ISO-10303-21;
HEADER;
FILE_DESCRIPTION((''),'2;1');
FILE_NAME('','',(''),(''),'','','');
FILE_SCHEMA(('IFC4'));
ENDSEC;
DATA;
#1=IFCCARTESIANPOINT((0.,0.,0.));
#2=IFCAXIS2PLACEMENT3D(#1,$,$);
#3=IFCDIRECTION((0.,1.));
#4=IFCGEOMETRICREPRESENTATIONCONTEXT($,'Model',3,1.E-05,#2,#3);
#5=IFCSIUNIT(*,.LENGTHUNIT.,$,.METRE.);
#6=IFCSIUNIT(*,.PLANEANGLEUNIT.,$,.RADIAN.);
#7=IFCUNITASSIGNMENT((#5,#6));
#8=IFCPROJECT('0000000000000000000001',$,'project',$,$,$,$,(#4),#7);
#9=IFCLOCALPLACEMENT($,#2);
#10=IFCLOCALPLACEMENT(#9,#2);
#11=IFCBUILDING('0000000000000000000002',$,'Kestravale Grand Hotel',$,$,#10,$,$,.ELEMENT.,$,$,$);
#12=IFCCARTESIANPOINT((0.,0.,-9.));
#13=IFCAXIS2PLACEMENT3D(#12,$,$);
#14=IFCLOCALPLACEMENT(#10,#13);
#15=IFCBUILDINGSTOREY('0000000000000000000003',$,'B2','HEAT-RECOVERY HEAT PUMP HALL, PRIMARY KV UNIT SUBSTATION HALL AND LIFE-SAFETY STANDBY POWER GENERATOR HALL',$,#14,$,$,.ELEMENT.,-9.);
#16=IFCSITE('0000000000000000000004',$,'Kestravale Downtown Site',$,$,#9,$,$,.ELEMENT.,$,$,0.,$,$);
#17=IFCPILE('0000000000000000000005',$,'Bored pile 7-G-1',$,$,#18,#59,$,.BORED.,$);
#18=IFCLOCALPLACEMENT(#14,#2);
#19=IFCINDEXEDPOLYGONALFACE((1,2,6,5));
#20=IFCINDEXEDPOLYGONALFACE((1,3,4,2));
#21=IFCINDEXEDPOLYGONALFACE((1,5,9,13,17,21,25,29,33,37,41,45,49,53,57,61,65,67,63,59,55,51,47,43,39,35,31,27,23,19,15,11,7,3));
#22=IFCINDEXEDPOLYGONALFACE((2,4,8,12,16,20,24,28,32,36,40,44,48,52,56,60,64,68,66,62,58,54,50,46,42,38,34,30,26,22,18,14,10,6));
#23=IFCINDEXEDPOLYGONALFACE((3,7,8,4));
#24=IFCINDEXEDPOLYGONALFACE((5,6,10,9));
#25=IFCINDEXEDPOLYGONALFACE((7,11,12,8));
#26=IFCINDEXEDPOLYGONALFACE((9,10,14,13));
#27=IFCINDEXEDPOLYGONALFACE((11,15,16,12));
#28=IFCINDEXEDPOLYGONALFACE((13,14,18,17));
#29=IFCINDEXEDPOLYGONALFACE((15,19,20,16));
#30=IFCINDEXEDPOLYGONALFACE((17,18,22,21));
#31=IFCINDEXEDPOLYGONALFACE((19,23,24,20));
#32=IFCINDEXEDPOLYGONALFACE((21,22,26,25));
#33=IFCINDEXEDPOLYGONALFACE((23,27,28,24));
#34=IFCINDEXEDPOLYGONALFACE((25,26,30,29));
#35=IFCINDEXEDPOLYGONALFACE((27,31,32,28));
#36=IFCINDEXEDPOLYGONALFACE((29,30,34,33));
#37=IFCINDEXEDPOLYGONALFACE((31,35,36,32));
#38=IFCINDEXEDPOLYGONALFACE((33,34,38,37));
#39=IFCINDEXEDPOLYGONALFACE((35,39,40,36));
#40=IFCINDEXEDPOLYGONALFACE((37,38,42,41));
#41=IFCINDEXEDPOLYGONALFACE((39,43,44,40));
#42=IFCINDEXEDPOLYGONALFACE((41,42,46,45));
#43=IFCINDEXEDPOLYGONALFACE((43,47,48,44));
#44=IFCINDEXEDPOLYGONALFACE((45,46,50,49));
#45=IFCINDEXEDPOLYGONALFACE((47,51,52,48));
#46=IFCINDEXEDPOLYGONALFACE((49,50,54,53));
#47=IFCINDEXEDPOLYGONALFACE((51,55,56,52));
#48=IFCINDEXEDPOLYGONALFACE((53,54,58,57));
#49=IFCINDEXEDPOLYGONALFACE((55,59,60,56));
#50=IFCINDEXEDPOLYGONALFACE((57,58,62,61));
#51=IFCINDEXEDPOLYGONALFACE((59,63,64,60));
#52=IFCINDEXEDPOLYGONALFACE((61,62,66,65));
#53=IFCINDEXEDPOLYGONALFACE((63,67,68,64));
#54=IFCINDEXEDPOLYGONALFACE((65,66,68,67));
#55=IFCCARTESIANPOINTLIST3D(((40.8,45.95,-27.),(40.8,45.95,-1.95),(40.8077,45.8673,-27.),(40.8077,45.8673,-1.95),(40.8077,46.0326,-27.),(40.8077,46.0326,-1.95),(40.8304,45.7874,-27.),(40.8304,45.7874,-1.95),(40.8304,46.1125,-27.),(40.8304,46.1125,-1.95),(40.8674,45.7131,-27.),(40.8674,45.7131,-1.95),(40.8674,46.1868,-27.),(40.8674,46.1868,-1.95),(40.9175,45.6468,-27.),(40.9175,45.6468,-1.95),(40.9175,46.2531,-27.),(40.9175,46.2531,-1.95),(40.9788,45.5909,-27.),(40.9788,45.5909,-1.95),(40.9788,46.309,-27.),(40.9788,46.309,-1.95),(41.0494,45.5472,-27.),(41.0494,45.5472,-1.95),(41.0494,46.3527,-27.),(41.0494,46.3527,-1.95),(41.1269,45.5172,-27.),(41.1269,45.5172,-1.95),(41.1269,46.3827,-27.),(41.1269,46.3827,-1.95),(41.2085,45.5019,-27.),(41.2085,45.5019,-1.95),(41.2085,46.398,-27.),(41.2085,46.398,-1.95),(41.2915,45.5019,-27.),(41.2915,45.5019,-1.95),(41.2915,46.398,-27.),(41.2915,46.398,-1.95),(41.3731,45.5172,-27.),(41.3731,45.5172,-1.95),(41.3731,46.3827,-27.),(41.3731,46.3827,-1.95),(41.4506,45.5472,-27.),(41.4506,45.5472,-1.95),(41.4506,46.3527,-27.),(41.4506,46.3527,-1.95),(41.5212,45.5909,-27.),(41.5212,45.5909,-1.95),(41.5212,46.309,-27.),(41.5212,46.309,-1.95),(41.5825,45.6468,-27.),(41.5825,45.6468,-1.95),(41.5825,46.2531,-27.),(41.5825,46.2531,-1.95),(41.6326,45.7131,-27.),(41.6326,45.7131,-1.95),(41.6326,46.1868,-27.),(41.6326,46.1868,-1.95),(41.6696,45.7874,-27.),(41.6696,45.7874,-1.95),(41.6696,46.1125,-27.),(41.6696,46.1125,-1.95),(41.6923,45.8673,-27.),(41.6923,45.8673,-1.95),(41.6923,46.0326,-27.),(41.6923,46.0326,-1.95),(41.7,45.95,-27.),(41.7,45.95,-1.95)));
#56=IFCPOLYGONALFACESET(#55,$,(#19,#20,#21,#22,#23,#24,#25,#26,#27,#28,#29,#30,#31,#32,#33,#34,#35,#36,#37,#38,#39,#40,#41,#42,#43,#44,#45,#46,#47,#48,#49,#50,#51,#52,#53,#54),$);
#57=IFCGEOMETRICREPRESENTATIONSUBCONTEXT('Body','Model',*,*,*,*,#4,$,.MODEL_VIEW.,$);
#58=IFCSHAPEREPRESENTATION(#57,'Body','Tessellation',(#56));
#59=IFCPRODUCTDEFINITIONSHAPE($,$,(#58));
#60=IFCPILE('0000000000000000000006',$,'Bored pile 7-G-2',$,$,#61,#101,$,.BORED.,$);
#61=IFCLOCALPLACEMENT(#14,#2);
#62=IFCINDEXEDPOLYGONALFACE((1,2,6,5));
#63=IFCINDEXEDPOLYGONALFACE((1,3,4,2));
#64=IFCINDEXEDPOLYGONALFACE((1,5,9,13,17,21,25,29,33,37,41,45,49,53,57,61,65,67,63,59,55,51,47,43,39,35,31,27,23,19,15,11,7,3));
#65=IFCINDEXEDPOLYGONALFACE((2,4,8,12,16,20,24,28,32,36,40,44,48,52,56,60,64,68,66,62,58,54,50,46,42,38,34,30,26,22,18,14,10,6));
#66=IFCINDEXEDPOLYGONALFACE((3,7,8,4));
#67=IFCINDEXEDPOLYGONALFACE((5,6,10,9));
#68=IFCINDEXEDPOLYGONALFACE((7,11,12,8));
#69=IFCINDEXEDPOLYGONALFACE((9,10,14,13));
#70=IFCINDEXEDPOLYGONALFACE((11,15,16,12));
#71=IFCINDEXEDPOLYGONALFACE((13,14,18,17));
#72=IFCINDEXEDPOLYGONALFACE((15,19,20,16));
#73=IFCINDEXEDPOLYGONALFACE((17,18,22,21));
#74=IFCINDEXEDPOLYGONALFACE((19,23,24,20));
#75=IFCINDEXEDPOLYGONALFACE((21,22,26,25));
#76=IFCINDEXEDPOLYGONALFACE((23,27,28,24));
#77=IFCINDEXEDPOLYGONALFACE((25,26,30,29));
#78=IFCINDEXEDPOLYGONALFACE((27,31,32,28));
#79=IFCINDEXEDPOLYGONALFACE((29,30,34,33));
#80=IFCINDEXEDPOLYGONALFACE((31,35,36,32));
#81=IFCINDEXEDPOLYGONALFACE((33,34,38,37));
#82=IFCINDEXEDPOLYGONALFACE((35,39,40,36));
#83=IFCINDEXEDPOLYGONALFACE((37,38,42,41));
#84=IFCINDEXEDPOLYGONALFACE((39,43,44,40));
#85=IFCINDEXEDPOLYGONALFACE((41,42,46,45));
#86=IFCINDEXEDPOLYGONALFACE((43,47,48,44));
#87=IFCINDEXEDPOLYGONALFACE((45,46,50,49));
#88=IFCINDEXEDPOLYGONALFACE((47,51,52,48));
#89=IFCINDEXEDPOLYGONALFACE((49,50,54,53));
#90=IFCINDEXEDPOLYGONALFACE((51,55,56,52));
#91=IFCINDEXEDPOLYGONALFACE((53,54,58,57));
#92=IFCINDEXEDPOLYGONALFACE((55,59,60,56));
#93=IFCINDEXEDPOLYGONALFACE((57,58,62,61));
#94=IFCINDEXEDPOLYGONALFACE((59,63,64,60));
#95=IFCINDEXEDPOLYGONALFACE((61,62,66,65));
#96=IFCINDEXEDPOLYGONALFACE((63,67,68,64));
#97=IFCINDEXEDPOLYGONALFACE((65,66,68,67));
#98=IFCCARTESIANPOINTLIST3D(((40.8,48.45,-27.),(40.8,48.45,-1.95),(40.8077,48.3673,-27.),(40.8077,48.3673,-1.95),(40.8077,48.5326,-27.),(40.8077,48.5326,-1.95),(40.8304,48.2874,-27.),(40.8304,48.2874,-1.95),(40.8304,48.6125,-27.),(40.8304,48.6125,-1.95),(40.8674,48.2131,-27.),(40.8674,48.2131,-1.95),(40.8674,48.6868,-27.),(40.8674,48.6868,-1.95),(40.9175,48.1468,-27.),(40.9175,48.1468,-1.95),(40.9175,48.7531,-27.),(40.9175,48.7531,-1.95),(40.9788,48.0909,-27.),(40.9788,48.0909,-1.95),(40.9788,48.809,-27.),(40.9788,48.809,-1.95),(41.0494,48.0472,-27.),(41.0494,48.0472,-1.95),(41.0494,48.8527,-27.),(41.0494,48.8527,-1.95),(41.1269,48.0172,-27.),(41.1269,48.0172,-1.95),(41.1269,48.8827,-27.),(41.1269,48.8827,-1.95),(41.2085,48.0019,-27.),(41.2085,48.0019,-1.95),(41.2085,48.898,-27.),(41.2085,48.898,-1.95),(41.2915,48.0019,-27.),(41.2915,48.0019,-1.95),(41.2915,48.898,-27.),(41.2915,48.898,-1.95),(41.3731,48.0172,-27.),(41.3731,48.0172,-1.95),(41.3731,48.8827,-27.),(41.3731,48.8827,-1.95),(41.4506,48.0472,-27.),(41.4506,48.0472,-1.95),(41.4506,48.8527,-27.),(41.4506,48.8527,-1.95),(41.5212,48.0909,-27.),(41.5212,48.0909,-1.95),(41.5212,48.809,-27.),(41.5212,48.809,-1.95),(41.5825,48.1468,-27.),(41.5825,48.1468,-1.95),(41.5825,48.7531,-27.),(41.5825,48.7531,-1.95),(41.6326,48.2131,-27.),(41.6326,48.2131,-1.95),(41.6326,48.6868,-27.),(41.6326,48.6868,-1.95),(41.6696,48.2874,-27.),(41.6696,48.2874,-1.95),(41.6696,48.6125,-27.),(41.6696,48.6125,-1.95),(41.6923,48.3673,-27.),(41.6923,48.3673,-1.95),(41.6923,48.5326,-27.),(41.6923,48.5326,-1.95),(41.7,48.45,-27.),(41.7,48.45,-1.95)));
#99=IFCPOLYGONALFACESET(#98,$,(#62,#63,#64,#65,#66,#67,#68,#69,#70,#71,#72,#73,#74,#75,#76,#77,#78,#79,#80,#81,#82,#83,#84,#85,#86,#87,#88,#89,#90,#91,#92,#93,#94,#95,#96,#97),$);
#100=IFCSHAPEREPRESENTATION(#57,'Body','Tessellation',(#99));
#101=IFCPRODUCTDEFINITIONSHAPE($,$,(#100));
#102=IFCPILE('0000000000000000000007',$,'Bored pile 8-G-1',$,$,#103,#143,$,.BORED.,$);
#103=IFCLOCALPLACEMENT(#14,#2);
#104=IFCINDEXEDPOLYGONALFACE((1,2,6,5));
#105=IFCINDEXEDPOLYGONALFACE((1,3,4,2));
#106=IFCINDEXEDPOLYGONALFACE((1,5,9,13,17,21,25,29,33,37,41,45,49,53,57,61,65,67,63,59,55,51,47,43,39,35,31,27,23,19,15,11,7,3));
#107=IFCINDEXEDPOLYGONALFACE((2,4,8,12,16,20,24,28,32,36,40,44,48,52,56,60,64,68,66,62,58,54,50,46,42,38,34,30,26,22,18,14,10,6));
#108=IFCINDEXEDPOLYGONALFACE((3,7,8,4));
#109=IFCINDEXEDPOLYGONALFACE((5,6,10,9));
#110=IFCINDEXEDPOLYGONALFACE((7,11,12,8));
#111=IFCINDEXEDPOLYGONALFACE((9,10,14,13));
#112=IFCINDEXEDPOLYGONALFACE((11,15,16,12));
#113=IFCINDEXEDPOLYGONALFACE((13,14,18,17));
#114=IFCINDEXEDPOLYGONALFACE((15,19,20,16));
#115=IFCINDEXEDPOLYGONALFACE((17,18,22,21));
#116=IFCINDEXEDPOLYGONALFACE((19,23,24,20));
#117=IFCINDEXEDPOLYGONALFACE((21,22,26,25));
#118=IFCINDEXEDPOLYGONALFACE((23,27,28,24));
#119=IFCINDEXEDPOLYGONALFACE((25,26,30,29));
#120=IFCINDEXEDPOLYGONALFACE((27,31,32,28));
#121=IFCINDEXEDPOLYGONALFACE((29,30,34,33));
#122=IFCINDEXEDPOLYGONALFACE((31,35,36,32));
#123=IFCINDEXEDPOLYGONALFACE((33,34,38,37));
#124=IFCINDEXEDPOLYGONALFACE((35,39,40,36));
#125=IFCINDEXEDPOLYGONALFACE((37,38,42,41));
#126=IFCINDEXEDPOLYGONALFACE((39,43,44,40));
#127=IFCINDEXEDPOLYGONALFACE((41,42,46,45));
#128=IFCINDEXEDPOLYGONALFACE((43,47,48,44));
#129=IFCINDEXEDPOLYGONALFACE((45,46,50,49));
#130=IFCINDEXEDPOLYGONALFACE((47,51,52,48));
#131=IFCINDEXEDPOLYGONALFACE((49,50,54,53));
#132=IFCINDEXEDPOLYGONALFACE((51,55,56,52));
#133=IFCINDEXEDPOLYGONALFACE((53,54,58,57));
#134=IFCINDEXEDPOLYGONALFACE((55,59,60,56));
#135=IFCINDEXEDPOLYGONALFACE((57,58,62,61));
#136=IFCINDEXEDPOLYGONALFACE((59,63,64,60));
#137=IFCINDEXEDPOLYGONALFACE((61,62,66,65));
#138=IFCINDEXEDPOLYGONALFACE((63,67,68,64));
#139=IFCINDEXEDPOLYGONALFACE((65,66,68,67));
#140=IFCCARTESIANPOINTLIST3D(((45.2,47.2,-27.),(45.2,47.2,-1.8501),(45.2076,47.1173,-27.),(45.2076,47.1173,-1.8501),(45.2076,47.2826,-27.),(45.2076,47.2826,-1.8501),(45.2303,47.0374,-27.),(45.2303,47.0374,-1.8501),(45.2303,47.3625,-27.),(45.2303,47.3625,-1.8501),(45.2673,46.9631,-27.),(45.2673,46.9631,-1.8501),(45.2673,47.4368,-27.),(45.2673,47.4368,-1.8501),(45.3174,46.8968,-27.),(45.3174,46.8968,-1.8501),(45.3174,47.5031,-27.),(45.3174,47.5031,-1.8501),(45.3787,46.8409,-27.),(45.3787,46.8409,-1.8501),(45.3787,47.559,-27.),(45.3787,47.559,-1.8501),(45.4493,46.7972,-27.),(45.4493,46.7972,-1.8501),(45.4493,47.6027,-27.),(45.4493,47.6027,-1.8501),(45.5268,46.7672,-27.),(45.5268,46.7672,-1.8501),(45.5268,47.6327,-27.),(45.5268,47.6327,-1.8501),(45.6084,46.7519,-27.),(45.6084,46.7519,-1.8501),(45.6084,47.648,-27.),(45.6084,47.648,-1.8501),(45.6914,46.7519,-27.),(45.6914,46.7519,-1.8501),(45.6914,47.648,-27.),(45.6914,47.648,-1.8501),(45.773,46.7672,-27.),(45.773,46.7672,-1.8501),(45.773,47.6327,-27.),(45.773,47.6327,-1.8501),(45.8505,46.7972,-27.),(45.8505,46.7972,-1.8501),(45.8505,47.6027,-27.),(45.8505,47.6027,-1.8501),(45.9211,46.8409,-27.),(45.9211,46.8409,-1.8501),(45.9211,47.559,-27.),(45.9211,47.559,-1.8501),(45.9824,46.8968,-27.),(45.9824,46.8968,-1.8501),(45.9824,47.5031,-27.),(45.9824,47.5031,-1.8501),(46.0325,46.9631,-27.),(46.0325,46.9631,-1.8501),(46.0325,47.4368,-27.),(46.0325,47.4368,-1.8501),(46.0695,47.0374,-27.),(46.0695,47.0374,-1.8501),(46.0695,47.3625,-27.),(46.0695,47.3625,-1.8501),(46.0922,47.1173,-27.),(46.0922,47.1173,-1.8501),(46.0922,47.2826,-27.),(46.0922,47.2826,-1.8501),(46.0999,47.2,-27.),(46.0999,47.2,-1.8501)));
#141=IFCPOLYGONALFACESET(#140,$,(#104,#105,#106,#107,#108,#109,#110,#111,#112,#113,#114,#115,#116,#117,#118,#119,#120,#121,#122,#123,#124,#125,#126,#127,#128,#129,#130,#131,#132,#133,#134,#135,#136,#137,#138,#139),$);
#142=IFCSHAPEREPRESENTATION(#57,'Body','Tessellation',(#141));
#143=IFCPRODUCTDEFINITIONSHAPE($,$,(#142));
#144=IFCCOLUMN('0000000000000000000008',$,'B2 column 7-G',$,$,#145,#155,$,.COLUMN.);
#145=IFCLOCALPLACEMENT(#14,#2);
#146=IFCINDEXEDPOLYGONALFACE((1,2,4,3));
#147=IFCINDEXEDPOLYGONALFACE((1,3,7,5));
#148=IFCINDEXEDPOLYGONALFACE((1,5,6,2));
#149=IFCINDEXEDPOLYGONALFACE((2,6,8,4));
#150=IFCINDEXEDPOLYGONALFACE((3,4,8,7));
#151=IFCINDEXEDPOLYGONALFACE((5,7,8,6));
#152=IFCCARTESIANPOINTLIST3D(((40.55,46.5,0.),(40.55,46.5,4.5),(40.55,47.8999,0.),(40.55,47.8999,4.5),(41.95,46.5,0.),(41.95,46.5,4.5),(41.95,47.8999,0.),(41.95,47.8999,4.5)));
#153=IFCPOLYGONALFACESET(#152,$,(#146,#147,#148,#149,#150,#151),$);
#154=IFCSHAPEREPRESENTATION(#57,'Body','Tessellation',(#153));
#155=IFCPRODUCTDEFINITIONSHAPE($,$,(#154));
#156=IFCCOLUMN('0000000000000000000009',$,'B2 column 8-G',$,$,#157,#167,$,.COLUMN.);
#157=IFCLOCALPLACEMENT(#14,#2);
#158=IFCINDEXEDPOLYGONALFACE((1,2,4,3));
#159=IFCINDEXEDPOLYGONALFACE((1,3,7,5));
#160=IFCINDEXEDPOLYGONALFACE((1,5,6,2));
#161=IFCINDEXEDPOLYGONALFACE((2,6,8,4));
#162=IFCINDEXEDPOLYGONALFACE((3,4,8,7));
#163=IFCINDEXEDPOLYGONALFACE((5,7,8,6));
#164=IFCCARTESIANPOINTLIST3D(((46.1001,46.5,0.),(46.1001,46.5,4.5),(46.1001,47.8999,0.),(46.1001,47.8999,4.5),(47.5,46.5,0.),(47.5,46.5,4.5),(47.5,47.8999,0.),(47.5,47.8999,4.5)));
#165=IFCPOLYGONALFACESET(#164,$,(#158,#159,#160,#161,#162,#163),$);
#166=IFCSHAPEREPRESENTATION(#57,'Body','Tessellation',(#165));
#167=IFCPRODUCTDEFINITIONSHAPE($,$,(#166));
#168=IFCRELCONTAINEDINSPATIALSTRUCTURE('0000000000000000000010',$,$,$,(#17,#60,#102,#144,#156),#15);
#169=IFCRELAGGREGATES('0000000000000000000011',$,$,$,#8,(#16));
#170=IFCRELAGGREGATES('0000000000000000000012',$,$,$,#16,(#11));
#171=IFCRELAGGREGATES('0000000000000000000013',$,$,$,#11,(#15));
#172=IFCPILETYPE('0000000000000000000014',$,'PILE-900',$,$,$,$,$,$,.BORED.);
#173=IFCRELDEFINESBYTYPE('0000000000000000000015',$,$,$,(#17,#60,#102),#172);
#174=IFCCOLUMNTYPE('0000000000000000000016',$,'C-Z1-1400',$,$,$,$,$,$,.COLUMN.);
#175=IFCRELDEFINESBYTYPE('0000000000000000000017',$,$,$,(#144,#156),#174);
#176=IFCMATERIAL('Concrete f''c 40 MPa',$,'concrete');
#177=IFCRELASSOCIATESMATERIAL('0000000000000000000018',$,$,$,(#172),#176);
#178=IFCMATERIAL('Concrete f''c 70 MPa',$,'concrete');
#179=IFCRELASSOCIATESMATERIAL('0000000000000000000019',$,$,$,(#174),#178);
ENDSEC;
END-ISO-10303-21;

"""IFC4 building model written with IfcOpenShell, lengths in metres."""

from ifc_helpers import new_model, si_unit, direction, frame, origin, origin_2d, place, context, subcontext, project, spatial, rectangle, circle, extrude, material, material_profile, profile_set, type_object, element, save


model = new_model("IFC4")

# Units and contexts
model_context = context("Model", 3, precision=1e-05, world=origin(), true_north=direction((0.0, 1.0)))
body_context = subcontext(model_context, "Body", "Model", "MODEL_VIEW")
ifc_project = project(units=[si_unit("LENGTHUNIT", "METRE"), si_unit("PLANEANGLEUNIT", "RADIAN")], contexts=[model_context])

# Site, building, storey
site_placement = place(None, origin())
site = spatial("IfcSite", under=ifc_project, at=site_placement, Name="Kestravale Downtown Site", CompositionType="ELEMENT", RefElevation=0.0)
building_placement = place(site_placement, origin())
building = spatial("IfcBuilding", under=site, at=building_placement, Name="Kestravale Grand Hotel", CompositionType="ELEMENT")
storey_placement = place(building_placement, frame((0.0, 0.0, -9.0)))
storey = spatial("IfcBuildingStorey", under=building, at=storey_placement, Name="B2", Description="HEAT-RECOVERY HEAT PUMP HALL, PRIMARY KV UNIT SUBSTATION HALL AND LIFE-SAFETY STANDBY POWER GENERATOR HALL", CompositionType="ELEMENT", Elevation=-9.0)

# Piles
ifc_material_1 = material(Name="Concrete f'c 40 MPa", Category="concrete")
ifc_material_profile_1 = material_profile(ifc_material_1, circle(Radius=0.45, at=origin_2d()))
ifc_profile_set_1 = profile_set([ifc_material_profile_1], Name="Concrete f'c 40 MPa")
pile_type_1 = type_object("IfcPileType", Name="PILE-900", PredefinedType="BORED", material=ifc_profile_set_1)
for number, where, z_axis, x_axis, name in (
    (1, (41.25, 45.95, -1.95), (0.0, 0.0, -1.0), (1.0, 0.0, 0.0), "Bored pile 7-G-1"),
    (2, (41.25, 48.45, -1.95), (0.0, 0.0, -1.0), (1.0, 0.0, 0.0), "Bored pile 7-G-2"),
):
    element("IfcPile", number, at=place(storey_placement, frame(where, z_axis=z_axis, x_axis=x_axis)), inside=storey, type_object=pile_type_1, Name=name, PredefinedType="BORED", context=body_context, shape_type="SweptSolid", body=[
        extrude(circle(Radius=0.45, at=origin_2d()), origin(), (0.0, 0.0, 1.0), 25.05),
    ])
pile_placement = place(storey_placement, frame((45.6499, 47.2, -1.8501), z_axis=(0.0, 0.0, -1.0), x_axis=(1.0, 0.0, 0.0)))
element("IfcPile", 3, at=pile_placement, inside=storey, type_object=pile_type_1, Name="Bored pile 8-G-1", PredefinedType="BORED", context=body_context, shape_type="SweptSolid", body=[
    extrude(circle(Radius=0.45, at=origin_2d()), origin(), (0.0, 0.0, 1.0), 25.1499),
])

# Columns
ifc_material_2 = material(Name="Concrete f'c 70 MPa", Category="concrete")
ifc_material_profile_2 = material_profile(ifc_material_2, rectangle(XDim=1.3999, YDim=1.3999, at=origin_2d()))
ifc_profile_set_2 = profile_set([ifc_material_profile_2], Name="Concrete f'c 70 MPa")
column_type = type_object("IfcColumnType", Name="C-Z1-1400", PredefinedType="COLUMN", material=ifc_profile_set_2)
for number, where, z_axis, x_axis, name in (
    (4, (41.25, 47.2, 0.0), (0.0, 0.0, 1.0), (1.0, 0.0, 0.0), "B2 column 7-G"),
    (5, (46.8, 47.2, 0.0), (0.0, 0.0, 1.0), (1.0, 0.0, 0.0), "B2 column 8-G"),
):
    element("IfcColumn", number, at=place(storey_placement, frame(where, z_axis=z_axis, x_axis=x_axis)), inside=storey, type_object=column_type, Name=name, PredefinedType="COLUMN", context=body_context, shape_type="SweptSolid", body=[
        extrude(rectangle(XDim=1.3999, YDim=1.3999, at=origin_2d()), origin(), (0.0, 0.0, 1.0), 4.5),
    ])

save(model, "model.ifc")
